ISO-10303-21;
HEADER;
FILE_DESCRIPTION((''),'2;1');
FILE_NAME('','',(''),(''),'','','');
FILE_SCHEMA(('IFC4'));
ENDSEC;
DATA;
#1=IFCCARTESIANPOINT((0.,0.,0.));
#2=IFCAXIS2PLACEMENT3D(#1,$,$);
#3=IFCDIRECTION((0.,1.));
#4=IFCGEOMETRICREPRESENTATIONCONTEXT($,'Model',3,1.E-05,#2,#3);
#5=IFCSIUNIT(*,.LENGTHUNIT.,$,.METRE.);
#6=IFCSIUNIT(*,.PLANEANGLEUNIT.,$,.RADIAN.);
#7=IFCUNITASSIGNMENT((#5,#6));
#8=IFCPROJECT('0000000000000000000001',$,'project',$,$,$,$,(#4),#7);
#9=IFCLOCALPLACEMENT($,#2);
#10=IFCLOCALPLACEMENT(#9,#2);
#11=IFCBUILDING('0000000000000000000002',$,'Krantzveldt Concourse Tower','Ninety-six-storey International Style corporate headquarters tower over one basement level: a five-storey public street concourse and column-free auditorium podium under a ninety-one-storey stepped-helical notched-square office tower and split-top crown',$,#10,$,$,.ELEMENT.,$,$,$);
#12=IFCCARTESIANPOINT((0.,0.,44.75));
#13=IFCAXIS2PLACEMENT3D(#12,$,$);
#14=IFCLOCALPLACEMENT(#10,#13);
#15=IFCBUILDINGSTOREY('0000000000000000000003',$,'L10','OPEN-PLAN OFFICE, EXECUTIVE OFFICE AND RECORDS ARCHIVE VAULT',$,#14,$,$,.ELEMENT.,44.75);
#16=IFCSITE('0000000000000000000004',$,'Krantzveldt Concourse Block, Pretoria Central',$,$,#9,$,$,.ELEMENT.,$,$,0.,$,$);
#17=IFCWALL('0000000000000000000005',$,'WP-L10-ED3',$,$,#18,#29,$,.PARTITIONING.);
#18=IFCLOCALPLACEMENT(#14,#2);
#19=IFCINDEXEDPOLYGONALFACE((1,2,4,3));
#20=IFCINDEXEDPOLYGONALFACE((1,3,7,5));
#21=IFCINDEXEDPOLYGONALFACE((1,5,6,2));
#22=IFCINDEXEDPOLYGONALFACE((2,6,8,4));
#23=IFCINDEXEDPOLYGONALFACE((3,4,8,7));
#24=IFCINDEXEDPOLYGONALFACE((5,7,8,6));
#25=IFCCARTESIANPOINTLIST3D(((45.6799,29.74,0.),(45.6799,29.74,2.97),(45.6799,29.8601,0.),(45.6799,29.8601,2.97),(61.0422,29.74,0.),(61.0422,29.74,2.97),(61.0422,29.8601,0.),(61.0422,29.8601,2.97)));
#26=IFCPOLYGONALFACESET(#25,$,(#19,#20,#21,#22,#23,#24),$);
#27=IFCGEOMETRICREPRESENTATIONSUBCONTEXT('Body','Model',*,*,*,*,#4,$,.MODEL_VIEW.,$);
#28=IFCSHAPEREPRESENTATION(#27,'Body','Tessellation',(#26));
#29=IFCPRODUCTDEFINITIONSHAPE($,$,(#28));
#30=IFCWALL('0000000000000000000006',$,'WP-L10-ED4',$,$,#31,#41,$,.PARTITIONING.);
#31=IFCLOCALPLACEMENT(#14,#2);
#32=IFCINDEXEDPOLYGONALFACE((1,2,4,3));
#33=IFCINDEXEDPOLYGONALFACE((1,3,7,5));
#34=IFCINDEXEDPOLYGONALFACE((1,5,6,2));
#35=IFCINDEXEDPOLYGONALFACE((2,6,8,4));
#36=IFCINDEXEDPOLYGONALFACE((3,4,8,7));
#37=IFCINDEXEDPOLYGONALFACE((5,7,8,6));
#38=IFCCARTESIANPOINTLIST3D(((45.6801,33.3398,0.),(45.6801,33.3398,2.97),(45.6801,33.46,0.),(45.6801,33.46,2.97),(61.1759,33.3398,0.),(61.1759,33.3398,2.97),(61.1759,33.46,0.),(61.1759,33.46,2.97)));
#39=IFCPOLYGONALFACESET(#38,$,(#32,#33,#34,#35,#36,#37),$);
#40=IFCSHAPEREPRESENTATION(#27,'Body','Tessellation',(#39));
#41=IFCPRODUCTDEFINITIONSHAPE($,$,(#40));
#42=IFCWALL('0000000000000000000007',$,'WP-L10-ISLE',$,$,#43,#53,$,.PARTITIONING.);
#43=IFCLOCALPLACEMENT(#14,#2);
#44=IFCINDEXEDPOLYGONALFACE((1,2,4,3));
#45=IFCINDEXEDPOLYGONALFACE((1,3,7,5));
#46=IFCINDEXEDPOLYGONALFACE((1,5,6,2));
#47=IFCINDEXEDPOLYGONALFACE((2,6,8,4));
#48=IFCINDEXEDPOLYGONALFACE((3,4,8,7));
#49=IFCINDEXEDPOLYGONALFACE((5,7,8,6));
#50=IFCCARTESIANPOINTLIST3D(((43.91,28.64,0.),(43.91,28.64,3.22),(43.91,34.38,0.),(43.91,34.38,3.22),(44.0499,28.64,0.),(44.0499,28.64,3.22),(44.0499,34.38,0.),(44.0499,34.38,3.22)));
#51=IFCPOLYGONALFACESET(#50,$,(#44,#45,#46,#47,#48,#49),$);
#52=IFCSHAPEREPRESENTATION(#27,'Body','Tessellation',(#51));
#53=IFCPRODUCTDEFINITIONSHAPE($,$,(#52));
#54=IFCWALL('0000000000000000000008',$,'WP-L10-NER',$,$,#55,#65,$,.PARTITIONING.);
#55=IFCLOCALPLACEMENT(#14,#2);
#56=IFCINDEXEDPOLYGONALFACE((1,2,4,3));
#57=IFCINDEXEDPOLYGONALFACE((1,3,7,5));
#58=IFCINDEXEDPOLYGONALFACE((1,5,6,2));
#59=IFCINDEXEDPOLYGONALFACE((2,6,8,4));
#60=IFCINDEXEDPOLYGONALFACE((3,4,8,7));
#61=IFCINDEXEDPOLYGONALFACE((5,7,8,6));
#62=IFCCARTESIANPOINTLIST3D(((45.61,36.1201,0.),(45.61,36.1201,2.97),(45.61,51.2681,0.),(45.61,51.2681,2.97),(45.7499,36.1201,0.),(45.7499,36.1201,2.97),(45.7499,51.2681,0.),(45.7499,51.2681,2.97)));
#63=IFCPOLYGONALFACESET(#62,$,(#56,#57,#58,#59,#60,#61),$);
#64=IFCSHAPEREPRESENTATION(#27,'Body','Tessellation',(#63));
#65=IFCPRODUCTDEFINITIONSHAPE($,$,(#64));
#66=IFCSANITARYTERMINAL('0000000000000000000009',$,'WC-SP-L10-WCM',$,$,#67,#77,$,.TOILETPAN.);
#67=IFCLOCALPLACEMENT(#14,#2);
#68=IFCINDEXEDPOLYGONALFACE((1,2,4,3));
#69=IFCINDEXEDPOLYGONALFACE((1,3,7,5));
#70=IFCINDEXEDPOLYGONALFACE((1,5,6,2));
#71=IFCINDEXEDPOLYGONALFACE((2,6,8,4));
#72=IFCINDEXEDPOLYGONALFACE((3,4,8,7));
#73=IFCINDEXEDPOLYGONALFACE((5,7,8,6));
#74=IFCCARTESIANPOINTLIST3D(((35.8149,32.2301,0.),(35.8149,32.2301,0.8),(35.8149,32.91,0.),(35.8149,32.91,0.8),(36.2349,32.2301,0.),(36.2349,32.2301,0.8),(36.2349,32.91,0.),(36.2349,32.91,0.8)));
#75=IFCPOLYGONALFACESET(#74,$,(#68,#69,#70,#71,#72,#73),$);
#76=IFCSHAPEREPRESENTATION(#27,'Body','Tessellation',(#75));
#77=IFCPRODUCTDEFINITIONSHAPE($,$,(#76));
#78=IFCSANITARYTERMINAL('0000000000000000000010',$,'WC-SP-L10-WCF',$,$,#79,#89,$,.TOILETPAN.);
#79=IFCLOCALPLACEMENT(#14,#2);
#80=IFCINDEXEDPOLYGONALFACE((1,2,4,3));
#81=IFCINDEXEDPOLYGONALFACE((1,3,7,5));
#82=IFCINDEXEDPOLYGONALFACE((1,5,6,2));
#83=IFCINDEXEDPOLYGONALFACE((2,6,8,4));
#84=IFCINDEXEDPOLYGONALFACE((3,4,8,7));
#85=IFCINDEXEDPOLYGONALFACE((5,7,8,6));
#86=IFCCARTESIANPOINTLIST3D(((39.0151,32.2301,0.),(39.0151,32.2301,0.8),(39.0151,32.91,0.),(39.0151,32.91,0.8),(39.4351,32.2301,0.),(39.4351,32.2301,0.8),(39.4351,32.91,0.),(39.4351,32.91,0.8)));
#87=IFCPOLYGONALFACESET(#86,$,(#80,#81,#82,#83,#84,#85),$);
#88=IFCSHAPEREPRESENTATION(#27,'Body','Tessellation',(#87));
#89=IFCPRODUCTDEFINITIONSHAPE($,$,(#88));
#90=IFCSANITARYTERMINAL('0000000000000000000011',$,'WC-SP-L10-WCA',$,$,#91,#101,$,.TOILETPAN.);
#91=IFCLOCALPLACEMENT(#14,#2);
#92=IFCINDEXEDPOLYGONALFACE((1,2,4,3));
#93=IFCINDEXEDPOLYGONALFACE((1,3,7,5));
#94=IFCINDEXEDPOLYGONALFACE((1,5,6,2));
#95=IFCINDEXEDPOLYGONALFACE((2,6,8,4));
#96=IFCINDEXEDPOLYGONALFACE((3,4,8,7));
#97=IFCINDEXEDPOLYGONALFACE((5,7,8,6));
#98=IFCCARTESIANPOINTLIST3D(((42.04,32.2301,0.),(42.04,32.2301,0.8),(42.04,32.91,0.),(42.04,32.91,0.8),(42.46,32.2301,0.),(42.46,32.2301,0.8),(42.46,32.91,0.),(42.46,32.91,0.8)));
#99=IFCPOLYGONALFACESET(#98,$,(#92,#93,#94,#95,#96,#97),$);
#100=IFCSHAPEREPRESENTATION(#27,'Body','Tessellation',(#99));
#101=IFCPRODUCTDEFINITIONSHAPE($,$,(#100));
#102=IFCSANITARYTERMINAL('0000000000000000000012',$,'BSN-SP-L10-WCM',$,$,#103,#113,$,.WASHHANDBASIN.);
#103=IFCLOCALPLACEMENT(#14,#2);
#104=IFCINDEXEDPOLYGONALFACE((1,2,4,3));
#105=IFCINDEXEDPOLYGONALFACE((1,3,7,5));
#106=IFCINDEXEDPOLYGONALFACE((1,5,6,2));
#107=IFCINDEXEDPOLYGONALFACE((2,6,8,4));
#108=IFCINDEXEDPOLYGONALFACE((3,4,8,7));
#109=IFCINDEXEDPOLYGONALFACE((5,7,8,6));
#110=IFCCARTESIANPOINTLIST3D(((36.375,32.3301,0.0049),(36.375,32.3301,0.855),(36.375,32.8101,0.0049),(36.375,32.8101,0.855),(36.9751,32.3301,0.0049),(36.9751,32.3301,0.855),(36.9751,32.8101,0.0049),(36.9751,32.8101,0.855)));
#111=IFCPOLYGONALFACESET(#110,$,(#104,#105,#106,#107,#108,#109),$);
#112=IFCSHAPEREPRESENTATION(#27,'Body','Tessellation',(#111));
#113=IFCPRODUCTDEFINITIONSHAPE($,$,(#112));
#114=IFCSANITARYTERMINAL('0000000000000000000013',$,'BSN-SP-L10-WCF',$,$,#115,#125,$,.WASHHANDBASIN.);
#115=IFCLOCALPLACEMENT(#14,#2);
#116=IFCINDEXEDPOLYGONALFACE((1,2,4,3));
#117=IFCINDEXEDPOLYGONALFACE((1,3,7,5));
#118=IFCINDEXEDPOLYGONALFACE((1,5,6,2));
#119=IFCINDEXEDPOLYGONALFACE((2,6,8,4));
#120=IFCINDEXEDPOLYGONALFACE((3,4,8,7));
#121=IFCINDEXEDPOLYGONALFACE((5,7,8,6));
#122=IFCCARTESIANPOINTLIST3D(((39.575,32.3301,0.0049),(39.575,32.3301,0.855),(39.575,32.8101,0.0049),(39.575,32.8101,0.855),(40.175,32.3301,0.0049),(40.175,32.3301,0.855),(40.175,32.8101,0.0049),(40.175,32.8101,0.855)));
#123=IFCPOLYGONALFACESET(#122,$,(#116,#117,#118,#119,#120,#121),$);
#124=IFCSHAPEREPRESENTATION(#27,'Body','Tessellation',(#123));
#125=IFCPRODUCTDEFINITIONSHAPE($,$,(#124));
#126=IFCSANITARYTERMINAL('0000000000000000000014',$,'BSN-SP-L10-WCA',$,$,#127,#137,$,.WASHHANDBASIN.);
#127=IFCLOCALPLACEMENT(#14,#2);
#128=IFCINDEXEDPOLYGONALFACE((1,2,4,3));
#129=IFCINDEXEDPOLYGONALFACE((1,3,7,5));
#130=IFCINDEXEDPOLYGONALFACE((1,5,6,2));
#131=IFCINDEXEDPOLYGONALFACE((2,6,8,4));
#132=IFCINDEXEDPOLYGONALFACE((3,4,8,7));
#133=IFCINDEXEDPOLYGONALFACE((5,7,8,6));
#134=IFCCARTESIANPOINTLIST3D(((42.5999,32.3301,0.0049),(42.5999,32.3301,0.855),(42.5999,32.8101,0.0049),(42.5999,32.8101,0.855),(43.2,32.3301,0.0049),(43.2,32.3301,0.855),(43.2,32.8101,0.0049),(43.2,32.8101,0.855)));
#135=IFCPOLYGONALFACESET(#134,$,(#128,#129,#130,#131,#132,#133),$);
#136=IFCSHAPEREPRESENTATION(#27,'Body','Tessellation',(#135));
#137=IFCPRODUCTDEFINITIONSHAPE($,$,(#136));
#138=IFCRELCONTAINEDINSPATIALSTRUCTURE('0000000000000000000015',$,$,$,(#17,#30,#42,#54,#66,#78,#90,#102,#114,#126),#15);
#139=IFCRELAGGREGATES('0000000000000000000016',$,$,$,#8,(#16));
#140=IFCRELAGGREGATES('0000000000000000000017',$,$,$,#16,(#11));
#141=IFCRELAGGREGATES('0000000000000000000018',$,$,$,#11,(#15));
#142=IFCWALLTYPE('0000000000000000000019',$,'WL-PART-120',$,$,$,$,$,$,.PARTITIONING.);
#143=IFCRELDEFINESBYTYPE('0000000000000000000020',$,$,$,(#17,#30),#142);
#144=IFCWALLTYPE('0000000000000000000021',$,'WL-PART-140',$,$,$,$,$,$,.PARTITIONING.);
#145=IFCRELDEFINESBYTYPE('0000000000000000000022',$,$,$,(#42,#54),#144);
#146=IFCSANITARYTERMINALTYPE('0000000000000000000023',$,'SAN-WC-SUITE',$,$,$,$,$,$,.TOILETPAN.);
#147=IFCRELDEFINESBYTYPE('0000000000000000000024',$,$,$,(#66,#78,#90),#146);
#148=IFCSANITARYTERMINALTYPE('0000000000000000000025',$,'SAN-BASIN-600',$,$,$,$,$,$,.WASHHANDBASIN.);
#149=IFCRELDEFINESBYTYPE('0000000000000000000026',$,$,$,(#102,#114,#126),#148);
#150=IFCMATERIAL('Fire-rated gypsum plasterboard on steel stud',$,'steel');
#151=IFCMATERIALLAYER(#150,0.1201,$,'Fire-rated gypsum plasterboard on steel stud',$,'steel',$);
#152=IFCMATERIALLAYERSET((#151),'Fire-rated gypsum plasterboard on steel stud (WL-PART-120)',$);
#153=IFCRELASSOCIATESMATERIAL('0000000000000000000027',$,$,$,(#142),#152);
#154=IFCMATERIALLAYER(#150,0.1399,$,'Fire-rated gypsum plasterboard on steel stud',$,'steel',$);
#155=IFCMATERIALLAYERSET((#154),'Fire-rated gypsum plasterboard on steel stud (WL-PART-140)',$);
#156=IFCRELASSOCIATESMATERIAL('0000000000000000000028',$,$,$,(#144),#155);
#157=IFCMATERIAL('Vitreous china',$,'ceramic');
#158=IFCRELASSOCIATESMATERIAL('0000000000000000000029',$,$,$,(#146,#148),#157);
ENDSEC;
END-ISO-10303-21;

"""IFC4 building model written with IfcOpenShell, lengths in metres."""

from ifc_helpers import new_model, si_unit, direction, frame, frame_2d, origin, origin_2d, place, context, subcontext, project, spatial, rectangle, extrude, source, transform, mapped, material, layer, layer_set, type_object, type_shapes, element, save


model = new_model("IFC4")

# Units and contexts
model_context = context("Model", 3, precision=1e-05, world=origin(), true_north=direction((0.0, 1.0)))
body_context = subcontext(model_context, "Body", "Model", "MODEL_VIEW")
ifc_project = project(units=[si_unit("LENGTHUNIT", "METRE"), si_unit("PLANEANGLEUNIT", "RADIAN")], contexts=[model_context])

# Site, building, storey
site_placement = place(None, origin())
site = spatial("IfcSite", under=ifc_project, at=site_placement, Name="Krantzveldt Concourse Block, Pretoria Central", CompositionType="ELEMENT", RefElevation=0.0)
building_placement = place(site_placement, origin())
building = spatial("IfcBuilding", under=site, at=building_placement, Name="Krantzveldt Concourse Tower", Description="Ninety-six-storey International Style corporate headquarters tower over one basement level: a five-storey public street concourse and column-free auditorium podium under a ninety-one-storey stepped-helical notched-square office tower and split-top crown", CompositionType="ELEMENT")
storey_placement = place(building_placement, frame((0.0, 0.0, 44.75)))
storey = spatial("IfcBuildingStorey", under=building, at=storey_placement, Name="L10", Description="OPEN-PLAN OFFICE, EXECUTIVE OFFICE AND RECORDS ARCHIVE VAULT", CompositionType="ELEMENT", Elevation=44.75)

# Walls
ifc_material_1 = material(Name="Fire-rated gypsum plasterboard on steel stud", Category="steel")
ifc_layer_1 = layer(ifc_material_1, 0.1201, Name="Fire-rated gypsum plasterboard on steel stud", Category="steel")
ifc_layer_set_1 = layer_set([ifc_layer_1], Name="Fire-rated gypsum plasterboard on steel stud (WL-PART-120)")
wall_type_1 = type_object("IfcWallType", Name="WL-PART-120", PredefinedType="PARTITIONING", material=ifc_layer_set_1)
wall_1_placement = place(storey_placement, frame((45.6799, 29.8, 0.0), z_axis=(0.0, 0.0, 1.0), x_axis=(1.0, 0.0, 0.0)))
element("IfcWall", 1, at=wall_1_placement, inside=storey, type_object=wall_type_1, Name="WP-L10-ED3", PredefinedType="PARTITIONING", context=body_context, shape_type="SweptSolid", body=[
    extrude(rectangle(XDim=15.3623, YDim=0.1201, at=frame_2d((7.6812, 0.0))), origin(), (0.0, 0.0, 1.0), 2.97),
])
wall_2_placement = place(storey_placement, frame((45.6799, 33.3999, 0.0), z_axis=(0.0, 0.0, 1.0), x_axis=(1.0, 0.0, 0.0)))
element("IfcWall", 2, at=wall_2_placement, inside=storey, type_object=wall_type_1, Name="WP-L10-ED4", PredefinedType="PARTITIONING", context=body_context, shape_type="SweptSolid", body=[
    extrude(rectangle(XDim=15.4958, YDim=0.1201, at=frame_2d((7.748, 0.0))), origin(), (0.0, 0.0, 1.0), 2.97),
])
ifc_layer_2 = layer(ifc_material_1, 0.1399, Name="Fire-rated gypsum plasterboard on steel stud", Category="steel")
ifc_layer_set_2 = layer_set([ifc_layer_2], Name="Fire-rated gypsum plasterboard on steel stud (WL-PART-140)")
wall_type_2 = type_object("IfcWallType", Name="WL-PART-140", PredefinedType="PARTITIONING", material=ifc_layer_set_2)
wall_3_placement = place(storey_placement, frame((43.98, 28.6399, 0.0), z_axis=(0.0, 0.0, 1.0), x_axis=(0.0, 1.0, 0.0)))
element("IfcWall", 3, at=wall_3_placement, inside=storey, type_object=wall_type_2, Name="WP-L10-ISLE", PredefinedType="PARTITIONING", context=body_context, shape_type="SweptSolid", body=[
    extrude(rectangle(XDim=5.74, YDim=0.1399, at=frame_2d((2.8701, 0.0))), origin(), (0.0, 0.0, 1.0), 3.22),
])
wall_4_placement = place(storey_placement, frame((45.6799, 36.1201, 0.0), z_axis=(0.0, 0.0, 1.0), x_axis=(0.0, 1.0, 0.0)))
element("IfcWall", 4, at=wall_4_placement, inside=storey, type_object=wall_type_2, Name="WP-L10-NER", PredefinedType="PARTITIONING", context=body_context, shape_type="SweptSolid", body=[
    extrude(rectangle(XDim=15.1479, YDim=0.1399, at=frame_2d((7.574, 0.0))), origin(), (0.0, 0.0, 1.0), 2.97),
])

# Sanitary terminals
ifc_material_2 = material(Name="Vitreous china", Category="ceramic")
sanitary_terminal_type_1 = type_object("IfcSanitaryTerminalType", Name="SAN-WC-SUITE", PredefinedType="TOILETPAN", material=ifc_material_2)
shared_shape_1 = source(origin(), body_context, "Body", "SweptSolid", [
    extrude(rectangle(XDim=0.4199, YDim=0.6799, at=origin_2d()), origin(), (0.0, 0.0, 1.0), 0.8),
])
type_shapes(sanitary_terminal_type_1, [shared_shape_1])
for number, where, z_axis, x_axis, name in (
    (5, (36.0249, 32.5701, 0.0), (0.0, 0.0, 1.0), (1.0, 0.0, 0.0), "WC-SP-L10-WCM"),
    (6, (39.2251, 32.5701, 0.0), (0.0, 0.0, 1.0), (1.0, 0.0, 0.0), "WC-SP-L10-WCF"),
    (7, (42.25, 32.5701, 0.0), (0.0, 0.0, 1.0), (1.0, 0.0, 0.0), "WC-SP-L10-WCA"),
):
    element("IfcSanitaryTerminal", number, at=place(storey_placement, frame(where, z_axis=z_axis, x_axis=x_axis)), inside=storey, type_object=sanitary_terminal_type_1, Name=name, PredefinedType="TOILETPAN", context=body_context, shape_type="MappedRepresentation", body=[
        mapped(shared_shape_1, transform((0.0, 0.0, 0.0), x_axis=(1.0, 0.0, 0.0), y_axis=(0.0, 1.0, 0.0), z_axis=(0.0, 0.0, 1.0), scale=1.0)),
    ])
sanitary_terminal_type_2 = type_object("IfcSanitaryTerminalType", Name="SAN-BASIN-600", PredefinedType="WASHHANDBASIN", material=ifc_material_2)
shared_shape_2 = source(origin(), body_context, "Body", "SweptSolid", [
    extrude(rectangle(XDim=0.6001, YDim=0.48, at=origin_2d()), origin(), (0.0, 0.0, 1.0), 0.8501),
])
type_shapes(sanitary_terminal_type_2, [shared_shape_2])
for number, where, z_axis, x_axis, name in (
    (8, (36.675, 32.5701, 0.0049), (0.0, 0.0, 1.0), (1.0, 0.0, 0.0), "BSN-SP-L10-WCM"),
    (9, (39.875, 32.5701, 0.0049), (0.0, 0.0, 1.0), (1.0, 0.0, 0.0), "BSN-SP-L10-WCF"),
    (10, (42.8999, 32.5701, 0.0049), (0.0, 0.0, 1.0), (1.0, 0.0, 0.0), "BSN-SP-L10-WCA"),
):
    element("IfcSanitaryTerminal", number, at=place(storey_placement, frame(where, z_axis=z_axis, x_axis=x_axis)), inside=storey, type_object=sanitary_terminal_type_2, Name=name, PredefinedType="WASHHANDBASIN", context=body_context, shape_type="MappedRepresentation", body=[
        mapped(shared_shape_2, transform((0.0, 0.0, 0.0), x_axis=(1.0, 0.0, 0.0), y_axis=(0.0, 1.0, 0.0), z_axis=(0.0, 0.0, 1.0), scale=1.0)),
    ])

save(model, "model.ifc")
